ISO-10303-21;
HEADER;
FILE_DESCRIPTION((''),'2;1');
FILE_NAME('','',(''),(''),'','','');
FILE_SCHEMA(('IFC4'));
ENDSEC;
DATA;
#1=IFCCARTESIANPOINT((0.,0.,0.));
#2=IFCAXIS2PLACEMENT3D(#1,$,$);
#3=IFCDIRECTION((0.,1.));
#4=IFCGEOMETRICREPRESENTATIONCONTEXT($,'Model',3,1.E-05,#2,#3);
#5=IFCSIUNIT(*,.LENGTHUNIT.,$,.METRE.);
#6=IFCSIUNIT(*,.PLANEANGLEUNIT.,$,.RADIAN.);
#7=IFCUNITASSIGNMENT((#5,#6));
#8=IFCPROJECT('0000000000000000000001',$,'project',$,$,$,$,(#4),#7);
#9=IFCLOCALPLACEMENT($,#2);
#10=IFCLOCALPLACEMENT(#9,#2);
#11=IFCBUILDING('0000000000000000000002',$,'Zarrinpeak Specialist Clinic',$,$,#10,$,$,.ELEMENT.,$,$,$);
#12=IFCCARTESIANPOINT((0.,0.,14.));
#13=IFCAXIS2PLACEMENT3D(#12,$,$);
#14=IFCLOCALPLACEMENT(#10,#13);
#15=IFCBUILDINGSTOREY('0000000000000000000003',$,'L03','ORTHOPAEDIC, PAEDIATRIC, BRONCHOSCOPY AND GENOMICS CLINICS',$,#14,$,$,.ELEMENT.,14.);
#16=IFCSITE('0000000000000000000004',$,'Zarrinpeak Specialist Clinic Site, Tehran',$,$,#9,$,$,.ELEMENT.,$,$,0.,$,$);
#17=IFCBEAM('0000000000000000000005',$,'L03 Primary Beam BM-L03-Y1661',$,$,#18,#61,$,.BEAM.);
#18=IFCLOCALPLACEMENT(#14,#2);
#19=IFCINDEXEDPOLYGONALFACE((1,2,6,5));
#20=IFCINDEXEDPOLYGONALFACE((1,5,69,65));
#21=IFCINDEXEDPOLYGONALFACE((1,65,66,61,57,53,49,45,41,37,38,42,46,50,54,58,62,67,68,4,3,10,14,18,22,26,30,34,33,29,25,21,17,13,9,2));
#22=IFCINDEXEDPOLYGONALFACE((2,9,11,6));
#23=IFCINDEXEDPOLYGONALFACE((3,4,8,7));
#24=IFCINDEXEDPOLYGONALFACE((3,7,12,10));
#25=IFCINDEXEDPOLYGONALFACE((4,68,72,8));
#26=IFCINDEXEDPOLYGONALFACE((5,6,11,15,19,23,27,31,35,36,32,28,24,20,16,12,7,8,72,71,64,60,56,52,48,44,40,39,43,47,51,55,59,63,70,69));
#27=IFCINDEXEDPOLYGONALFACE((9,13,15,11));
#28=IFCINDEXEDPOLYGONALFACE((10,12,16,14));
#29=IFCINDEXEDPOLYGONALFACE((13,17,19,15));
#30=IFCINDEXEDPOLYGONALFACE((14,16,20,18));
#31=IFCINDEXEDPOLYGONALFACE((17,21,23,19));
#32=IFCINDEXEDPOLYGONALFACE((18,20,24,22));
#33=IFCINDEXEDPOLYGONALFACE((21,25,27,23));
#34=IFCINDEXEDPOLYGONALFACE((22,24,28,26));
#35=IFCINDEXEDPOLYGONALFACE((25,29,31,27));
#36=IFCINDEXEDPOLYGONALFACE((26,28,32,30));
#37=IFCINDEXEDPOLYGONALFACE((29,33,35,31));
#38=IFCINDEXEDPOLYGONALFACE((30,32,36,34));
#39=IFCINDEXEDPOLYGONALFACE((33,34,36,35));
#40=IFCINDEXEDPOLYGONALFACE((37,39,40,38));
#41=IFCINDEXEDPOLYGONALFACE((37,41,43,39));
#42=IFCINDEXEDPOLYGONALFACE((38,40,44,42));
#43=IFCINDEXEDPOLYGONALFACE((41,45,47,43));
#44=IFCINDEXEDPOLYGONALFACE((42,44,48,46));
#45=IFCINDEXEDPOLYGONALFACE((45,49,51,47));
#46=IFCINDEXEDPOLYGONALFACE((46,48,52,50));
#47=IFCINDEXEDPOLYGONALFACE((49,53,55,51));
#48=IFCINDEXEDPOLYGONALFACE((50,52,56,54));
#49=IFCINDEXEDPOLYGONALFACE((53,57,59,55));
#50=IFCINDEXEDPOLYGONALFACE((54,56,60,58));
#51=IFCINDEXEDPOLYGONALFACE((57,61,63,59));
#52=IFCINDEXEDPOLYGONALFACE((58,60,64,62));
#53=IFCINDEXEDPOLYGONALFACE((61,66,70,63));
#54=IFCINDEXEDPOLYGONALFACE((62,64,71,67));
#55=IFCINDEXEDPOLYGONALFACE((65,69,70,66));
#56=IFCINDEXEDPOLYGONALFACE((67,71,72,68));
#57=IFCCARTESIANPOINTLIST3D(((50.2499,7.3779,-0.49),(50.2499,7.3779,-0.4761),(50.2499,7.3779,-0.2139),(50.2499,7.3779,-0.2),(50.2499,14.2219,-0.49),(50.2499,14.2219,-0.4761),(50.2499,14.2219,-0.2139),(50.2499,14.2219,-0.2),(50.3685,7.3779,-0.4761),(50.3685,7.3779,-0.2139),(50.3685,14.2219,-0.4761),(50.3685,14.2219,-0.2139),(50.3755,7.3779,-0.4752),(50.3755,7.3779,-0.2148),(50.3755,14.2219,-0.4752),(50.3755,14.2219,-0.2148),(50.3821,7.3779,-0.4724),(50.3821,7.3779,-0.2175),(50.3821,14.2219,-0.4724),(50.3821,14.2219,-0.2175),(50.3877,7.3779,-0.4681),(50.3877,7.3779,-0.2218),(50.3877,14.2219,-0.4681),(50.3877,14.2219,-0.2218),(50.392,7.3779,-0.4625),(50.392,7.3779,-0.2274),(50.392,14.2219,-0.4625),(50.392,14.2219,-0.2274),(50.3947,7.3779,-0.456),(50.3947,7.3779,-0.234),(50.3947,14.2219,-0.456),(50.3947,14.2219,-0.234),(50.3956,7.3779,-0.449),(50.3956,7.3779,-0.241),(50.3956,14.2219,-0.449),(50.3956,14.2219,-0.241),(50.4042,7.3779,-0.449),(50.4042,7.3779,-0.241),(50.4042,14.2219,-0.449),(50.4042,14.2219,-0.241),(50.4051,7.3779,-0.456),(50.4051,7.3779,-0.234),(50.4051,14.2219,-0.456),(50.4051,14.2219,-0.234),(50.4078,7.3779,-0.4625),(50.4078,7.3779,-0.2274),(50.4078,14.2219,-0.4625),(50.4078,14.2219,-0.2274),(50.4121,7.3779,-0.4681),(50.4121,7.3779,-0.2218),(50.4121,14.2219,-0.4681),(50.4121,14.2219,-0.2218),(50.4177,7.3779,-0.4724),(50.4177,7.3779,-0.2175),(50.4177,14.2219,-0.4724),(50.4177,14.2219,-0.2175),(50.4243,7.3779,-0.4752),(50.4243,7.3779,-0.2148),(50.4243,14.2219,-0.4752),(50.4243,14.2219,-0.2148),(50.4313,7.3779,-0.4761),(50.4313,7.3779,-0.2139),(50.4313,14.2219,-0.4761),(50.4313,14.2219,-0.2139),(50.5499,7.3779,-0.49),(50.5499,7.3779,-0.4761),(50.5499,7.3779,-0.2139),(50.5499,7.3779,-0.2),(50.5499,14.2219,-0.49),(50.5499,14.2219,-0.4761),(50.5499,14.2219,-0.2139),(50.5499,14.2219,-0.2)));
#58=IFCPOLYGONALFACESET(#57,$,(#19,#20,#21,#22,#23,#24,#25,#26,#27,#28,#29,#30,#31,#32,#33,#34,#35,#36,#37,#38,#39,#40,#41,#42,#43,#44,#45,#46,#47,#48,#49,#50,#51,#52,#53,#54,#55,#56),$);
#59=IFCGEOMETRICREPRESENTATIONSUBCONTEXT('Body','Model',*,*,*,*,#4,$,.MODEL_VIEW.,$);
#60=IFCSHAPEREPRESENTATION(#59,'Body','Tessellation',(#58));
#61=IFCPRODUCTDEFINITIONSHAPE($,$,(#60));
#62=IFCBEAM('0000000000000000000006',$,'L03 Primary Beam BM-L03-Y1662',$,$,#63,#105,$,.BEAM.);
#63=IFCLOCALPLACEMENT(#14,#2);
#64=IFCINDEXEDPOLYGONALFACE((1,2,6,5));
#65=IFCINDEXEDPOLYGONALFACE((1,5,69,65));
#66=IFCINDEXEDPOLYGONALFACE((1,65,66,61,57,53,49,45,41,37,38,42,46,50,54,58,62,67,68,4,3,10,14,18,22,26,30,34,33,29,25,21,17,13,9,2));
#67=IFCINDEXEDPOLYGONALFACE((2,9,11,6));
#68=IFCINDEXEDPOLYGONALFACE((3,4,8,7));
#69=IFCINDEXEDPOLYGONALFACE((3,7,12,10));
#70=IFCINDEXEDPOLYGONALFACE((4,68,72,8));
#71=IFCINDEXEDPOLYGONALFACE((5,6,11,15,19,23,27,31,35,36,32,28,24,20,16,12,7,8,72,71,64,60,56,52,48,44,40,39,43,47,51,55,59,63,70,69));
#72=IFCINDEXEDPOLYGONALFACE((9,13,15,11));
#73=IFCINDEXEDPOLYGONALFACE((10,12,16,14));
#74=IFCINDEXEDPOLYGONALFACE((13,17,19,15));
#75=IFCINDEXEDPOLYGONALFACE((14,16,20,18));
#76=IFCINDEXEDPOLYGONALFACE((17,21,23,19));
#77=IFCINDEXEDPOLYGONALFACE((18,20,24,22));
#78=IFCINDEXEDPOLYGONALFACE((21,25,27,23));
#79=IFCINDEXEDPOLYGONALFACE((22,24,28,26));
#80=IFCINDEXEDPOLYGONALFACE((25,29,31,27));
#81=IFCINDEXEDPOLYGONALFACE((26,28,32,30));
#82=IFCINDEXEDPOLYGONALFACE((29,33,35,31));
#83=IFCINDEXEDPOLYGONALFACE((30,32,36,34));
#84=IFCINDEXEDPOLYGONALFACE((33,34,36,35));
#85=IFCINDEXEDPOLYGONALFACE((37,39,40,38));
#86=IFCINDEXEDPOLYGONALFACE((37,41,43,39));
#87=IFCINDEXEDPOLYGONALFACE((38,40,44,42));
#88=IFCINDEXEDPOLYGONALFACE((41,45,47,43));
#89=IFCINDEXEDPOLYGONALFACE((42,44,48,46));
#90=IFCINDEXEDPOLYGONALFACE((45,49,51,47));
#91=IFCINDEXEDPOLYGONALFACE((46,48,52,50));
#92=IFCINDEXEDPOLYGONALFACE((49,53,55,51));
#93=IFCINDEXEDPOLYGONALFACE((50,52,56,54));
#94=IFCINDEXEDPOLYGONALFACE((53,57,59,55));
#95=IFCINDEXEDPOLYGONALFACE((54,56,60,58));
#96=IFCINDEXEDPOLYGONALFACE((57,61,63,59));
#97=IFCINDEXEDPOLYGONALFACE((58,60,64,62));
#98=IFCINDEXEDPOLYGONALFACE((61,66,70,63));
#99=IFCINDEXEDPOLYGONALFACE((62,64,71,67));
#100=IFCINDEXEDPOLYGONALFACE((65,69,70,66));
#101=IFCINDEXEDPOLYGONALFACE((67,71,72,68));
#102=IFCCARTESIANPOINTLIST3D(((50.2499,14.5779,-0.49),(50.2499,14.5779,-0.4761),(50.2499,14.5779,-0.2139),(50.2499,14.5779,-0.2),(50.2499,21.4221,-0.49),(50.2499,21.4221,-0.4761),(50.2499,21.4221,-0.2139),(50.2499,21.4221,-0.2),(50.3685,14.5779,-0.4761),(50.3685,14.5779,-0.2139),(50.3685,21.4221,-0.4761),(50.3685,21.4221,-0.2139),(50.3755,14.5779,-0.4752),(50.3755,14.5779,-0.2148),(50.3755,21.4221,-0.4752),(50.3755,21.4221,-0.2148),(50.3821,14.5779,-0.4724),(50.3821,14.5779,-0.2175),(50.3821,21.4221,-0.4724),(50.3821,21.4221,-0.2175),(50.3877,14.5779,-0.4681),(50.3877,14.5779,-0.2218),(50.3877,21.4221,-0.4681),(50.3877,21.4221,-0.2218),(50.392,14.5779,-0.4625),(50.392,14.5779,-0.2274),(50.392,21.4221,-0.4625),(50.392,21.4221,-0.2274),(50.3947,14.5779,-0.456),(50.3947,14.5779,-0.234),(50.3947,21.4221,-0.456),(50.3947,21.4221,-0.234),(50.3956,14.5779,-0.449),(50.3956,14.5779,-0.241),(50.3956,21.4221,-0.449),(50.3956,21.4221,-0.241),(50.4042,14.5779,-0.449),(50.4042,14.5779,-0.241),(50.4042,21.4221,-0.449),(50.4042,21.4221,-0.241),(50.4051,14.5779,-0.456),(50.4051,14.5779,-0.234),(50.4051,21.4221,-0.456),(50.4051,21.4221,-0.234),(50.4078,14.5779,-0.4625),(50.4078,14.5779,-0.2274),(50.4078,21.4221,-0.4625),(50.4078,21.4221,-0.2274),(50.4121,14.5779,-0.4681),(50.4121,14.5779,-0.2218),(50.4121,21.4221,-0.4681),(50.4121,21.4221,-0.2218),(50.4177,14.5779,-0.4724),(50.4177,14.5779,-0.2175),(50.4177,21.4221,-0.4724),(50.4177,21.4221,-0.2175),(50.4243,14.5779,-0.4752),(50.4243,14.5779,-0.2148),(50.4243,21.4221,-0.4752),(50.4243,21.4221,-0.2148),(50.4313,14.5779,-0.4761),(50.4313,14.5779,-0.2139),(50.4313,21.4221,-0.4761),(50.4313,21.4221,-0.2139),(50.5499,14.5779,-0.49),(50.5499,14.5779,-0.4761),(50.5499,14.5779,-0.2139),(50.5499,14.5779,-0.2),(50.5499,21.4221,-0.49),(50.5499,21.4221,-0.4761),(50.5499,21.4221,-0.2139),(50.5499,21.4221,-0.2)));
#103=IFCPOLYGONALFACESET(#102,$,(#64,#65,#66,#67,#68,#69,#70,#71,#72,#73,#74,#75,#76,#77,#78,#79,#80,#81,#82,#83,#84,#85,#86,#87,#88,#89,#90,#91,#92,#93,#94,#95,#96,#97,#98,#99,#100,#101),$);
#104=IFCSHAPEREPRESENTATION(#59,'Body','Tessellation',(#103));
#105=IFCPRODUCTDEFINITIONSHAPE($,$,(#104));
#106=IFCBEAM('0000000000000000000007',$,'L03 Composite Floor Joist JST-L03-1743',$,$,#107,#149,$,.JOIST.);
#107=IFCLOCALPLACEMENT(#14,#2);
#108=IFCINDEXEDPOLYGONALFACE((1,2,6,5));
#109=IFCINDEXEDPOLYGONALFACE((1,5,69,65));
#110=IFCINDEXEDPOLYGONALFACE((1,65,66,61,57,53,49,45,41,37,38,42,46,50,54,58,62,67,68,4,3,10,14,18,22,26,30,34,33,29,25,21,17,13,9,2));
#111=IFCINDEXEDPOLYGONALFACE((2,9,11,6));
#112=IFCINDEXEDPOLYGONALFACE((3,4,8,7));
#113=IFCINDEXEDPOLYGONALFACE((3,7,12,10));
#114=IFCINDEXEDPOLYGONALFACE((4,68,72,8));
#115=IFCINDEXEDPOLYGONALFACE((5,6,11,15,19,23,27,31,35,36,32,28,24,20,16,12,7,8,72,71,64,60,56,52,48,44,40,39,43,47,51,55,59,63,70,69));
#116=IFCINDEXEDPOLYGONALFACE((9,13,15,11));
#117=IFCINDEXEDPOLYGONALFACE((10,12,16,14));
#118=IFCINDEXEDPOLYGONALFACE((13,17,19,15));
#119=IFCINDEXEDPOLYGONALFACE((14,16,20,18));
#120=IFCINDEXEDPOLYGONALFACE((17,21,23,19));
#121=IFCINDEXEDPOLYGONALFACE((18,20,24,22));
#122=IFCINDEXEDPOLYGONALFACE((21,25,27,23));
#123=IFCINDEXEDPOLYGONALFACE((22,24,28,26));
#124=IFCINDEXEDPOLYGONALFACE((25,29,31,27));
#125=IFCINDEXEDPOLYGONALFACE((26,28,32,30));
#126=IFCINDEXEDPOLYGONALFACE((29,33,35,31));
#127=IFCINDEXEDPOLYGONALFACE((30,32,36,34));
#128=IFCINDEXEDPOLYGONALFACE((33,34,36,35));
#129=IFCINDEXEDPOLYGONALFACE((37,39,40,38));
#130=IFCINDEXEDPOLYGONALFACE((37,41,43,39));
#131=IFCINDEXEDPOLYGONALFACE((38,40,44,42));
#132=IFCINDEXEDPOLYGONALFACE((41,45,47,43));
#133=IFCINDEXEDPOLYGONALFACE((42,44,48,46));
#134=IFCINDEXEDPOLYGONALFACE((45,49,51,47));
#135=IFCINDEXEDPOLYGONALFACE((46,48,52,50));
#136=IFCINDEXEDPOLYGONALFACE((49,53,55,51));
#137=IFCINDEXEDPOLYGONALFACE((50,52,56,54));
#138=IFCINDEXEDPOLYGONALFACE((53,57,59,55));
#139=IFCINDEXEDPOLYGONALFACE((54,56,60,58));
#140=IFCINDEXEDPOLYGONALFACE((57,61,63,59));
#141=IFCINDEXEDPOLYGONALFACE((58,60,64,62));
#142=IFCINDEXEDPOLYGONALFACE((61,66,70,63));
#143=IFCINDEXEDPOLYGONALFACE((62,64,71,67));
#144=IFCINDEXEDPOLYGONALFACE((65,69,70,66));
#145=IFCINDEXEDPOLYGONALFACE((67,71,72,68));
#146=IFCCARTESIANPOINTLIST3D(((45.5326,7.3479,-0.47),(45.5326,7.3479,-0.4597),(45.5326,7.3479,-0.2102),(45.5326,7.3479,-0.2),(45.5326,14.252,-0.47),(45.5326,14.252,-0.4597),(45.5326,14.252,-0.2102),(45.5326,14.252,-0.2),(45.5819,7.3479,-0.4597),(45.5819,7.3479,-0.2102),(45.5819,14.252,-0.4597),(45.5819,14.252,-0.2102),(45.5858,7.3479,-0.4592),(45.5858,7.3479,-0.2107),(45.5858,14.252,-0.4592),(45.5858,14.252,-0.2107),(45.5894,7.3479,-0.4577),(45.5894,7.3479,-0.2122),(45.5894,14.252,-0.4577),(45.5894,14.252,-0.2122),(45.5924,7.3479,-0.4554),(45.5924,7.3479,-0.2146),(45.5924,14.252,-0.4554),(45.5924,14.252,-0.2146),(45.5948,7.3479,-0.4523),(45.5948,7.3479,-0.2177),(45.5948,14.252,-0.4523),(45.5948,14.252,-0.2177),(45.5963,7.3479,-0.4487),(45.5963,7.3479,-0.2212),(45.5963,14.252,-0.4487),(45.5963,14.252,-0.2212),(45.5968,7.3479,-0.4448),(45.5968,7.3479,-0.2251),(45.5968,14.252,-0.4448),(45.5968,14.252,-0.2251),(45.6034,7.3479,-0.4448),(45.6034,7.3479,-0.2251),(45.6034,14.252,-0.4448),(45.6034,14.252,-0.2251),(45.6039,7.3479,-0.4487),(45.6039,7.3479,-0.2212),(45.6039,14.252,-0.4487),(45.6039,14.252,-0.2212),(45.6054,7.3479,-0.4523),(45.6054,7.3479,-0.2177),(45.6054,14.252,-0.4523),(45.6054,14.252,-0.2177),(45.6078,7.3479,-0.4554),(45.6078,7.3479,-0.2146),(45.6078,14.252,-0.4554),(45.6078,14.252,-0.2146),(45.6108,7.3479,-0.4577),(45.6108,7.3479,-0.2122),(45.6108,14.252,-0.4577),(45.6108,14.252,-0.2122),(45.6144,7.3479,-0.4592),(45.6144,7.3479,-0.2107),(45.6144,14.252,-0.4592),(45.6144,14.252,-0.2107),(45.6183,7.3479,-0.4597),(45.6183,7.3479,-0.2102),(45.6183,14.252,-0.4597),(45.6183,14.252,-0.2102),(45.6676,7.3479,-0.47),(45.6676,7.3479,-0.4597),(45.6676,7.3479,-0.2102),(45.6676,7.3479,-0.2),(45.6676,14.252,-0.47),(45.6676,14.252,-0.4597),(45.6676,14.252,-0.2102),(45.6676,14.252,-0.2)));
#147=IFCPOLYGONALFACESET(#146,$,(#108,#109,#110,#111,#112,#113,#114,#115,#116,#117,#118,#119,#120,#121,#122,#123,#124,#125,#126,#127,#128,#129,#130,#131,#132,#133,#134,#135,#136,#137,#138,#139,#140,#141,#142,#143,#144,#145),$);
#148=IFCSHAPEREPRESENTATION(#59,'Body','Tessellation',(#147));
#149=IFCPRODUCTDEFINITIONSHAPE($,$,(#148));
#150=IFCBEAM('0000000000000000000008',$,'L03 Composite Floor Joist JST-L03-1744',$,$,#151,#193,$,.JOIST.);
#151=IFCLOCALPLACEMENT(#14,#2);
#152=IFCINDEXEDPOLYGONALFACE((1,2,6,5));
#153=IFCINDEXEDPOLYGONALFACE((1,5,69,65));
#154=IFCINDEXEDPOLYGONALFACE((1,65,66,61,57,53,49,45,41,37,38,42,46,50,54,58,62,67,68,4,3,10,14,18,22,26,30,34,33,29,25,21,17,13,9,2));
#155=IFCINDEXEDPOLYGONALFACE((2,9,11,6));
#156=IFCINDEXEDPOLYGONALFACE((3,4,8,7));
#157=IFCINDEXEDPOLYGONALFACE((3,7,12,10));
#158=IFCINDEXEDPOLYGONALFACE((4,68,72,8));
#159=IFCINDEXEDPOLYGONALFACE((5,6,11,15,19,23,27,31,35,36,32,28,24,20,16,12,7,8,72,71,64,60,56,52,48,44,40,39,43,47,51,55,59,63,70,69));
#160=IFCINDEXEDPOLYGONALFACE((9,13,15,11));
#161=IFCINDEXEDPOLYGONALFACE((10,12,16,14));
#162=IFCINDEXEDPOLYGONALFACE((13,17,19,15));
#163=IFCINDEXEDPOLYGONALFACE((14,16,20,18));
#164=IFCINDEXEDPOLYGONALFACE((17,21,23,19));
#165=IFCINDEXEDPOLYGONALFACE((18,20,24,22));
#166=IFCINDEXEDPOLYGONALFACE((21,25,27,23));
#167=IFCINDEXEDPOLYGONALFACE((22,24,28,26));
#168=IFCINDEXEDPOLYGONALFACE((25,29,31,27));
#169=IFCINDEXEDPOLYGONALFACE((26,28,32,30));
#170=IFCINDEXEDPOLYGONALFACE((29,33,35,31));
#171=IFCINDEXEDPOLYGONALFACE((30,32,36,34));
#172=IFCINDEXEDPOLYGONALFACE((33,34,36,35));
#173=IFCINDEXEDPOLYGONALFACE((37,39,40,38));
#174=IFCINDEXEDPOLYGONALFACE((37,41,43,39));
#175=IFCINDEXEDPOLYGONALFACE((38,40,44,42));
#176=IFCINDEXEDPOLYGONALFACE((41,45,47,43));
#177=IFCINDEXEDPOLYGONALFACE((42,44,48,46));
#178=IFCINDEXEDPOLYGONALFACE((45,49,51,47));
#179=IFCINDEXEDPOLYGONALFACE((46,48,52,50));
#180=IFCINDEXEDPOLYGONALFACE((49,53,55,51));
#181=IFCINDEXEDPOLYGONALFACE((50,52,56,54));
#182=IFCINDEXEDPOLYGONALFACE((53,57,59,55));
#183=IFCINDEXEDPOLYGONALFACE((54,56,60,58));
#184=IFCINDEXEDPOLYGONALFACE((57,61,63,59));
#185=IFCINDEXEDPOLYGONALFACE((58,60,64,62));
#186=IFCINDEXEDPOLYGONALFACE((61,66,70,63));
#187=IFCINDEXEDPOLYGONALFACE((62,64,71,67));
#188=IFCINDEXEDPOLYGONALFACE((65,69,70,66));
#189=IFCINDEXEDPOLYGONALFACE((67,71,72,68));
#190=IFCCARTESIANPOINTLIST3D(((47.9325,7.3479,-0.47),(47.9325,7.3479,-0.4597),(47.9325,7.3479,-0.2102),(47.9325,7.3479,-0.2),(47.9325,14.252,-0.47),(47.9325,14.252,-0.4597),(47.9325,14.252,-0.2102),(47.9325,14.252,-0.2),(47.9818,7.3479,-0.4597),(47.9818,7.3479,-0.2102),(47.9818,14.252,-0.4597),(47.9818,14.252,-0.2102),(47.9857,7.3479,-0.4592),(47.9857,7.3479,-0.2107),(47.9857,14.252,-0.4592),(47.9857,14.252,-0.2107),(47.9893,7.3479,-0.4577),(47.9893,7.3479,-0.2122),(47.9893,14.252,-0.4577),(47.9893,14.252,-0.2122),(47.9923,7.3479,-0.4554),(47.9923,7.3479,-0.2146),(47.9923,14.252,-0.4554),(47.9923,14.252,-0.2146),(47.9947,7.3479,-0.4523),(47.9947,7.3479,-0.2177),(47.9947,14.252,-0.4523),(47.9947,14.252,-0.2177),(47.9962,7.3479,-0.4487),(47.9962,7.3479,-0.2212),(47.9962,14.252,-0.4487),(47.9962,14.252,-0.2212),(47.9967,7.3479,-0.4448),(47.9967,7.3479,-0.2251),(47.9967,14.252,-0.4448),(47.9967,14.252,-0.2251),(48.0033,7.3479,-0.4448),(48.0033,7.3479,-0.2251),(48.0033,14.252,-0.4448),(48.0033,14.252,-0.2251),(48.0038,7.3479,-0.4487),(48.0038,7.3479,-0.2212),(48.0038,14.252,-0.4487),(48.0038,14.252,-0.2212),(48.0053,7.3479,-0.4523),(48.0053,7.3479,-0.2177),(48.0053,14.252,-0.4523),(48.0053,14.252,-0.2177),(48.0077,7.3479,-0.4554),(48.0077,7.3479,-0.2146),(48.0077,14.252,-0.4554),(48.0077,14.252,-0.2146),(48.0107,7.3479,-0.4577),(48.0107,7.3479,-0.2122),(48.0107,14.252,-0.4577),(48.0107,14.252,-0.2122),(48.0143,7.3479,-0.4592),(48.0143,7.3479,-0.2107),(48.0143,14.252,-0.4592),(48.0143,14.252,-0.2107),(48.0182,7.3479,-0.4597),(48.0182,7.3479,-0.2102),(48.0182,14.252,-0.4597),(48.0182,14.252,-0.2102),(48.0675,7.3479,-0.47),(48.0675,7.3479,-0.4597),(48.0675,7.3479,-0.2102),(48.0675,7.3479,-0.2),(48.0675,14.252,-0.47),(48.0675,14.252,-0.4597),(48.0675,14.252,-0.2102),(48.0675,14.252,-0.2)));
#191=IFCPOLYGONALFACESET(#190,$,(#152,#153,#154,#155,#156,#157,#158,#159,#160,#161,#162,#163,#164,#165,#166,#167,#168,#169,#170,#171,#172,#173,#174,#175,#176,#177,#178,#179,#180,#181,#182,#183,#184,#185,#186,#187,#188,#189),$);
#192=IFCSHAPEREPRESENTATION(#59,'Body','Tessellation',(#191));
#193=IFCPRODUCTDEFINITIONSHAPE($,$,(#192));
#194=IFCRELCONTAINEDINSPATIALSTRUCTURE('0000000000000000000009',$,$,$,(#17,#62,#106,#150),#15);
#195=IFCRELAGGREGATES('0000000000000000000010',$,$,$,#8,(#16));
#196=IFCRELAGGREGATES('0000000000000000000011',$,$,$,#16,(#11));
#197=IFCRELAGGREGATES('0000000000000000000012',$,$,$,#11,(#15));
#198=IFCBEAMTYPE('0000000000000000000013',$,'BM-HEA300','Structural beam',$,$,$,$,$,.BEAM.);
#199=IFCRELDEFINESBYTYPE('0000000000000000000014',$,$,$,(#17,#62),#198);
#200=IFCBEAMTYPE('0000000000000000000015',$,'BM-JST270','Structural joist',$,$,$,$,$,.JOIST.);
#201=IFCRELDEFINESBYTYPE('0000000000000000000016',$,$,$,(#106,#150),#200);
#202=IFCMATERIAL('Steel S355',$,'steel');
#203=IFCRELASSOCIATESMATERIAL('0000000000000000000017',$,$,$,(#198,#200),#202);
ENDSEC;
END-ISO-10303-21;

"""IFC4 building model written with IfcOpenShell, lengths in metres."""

from ifc_helpers import new_model, si_unit, direction, frame, origin, origin_2d, place, context, subcontext, project, spatial, i_section, extrude, material, material_profile, profile_set, type_object, element, save


model = new_model("IFC4")

# Units and contexts
model_context = context("Model", 3, precision=1e-05, world=origin(), true_north=direction((0.0, 1.0)))
body_context = subcontext(model_context, "Body", "Model", "MODEL_VIEW")
ifc_project = project(units=[si_unit("LENGTHUNIT", "METRE"), si_unit("PLANEANGLEUNIT", "RADIAN")], contexts=[model_context])

# Site, building, storey
site_placement = place(None, origin())
site = spatial("IfcSite", under=ifc_project, at=site_placement, Name="Zarrinpeak Specialist Clinic Site, Tehran", CompositionType="ELEMENT", RefElevation=0.0)
building_placement = place(site_placement, origin())
building = spatial("IfcBuilding", under=site, at=building_placement, Name="Zarrinpeak Specialist Clinic", CompositionType="ELEMENT")
storey_placement = place(building_placement, frame((0.0, 0.0, 14.0)))
storey = spatial("IfcBuildingStorey", under=building, at=storey_placement, Name="L03", Description="ORTHOPAEDIC, PAEDIATRIC, BRONCHOSCOPY AND GENOMICS CLINICS", CompositionType="ELEMENT", Elevation=14.0)

# Shared definitions
ifc_material_1 = material(Name="Steel S355", Category="steel")

# Beams
ifc_material_profile_1 = material_profile(ifc_material_1, i_section(OverallWidth=0.3, OverallDepth=0.29, WebThickness=0.0085, FlangeThickness=0.0139, FilletRadius=0.0271, at=origin_2d()), Name="HEA 300")
ifc_profile_set_1 = profile_set([ifc_material_profile_1], Name="Steel S355")
beam_type_1 = type_object("IfcBeamType", Name="BM-HEA300", Description="Structural beam", PredefinedType="BEAM", material=ifc_profile_set_1)
beam_1_placement = place(storey_placement, frame((50.3999, 7.3779, -0.345), z_axis=(0.0, 1.0, 0.0), x_axis=(-1.0, 0.0, 0.0)))
element("IfcBeam", 1, at=beam_1_placement, inside=storey, type_object=beam_type_1, Name="L03 Primary Beam BM-L03-Y1661", PredefinedType="BEAM", context=body_context, shape_type="SweptSolid", body=[
    extrude(i_section(OverallWidth=0.3, OverallDepth=0.29, WebThickness=0.0085, FlangeThickness=0.0139, FilletRadius=0.0271, at=origin_2d()), origin(), (0.0, 0.0, 1.0), 6.844),
])
beam_2_placement = place(storey_placement, frame((50.3999, 14.5779, -0.345), z_axis=(0.0, 1.0, 0.0), x_axis=(-1.0, 0.0, 0.0)))
element("IfcBeam", 2, at=beam_2_placement, inside=storey, type_object=beam_type_1, Name="L03 Primary Beam BM-L03-Y1662", PredefinedType="BEAM", context=body_context, shape_type="SweptSolid", body=[
    extrude(i_section(OverallWidth=0.3, OverallDepth=0.29, WebThickness=0.0085, FlangeThickness=0.0139, FilletRadius=0.0271, at=origin_2d()), origin(), (0.0, 0.0, 1.0), 6.8442),
])
ifc_material_profile_2 = material_profile(ifc_material_1, i_section(OverallWidth=0.135, OverallDepth=0.27, WebThickness=0.0066, FlangeThickness=0.0103, FilletRadius=0.0149, at=origin_2d()), Name="IPE 270")
ifc_profile_set_2 = profile_set([ifc_material_profile_2], Name="Steel S355")
beam_type_2 = type_object("IfcBeamType", Name="BM-JST270", Description="Structural joist", PredefinedType="JOIST", material=ifc_profile_set_2)
for number, where, z_axis, x_axis, name in (
    (3, (45.6001, 7.3479, -0.335), (0.0, 1.0, 0.0), (-1.0, 0.0, 0.0), "L03 Composite Floor Joist JST-L03-1743"),
    (4, (48.0, 7.3479, -0.335), (0.0, 1.0, 0.0), (-1.0, 0.0, 0.0), "L03 Composite Floor Joist JST-L03-1744"),
):
    element("IfcBeam", number, at=place(storey_placement, frame(where, z_axis=z_axis, x_axis=x_axis)), inside=storey, type_object=beam_type_2, Name=name, PredefinedType="JOIST", context=body_context, shape_type="SweptSolid", body=[
        extrude(i_section(OverallWidth=0.135, OverallDepth=0.27, WebThickness=0.0066, FlangeThickness=0.0103, FilletRadius=0.0149, at=origin_2d()), origin(), (0.0, 0.0, 1.0), 6.9041),
    ])

save(model, "model.ifc")
